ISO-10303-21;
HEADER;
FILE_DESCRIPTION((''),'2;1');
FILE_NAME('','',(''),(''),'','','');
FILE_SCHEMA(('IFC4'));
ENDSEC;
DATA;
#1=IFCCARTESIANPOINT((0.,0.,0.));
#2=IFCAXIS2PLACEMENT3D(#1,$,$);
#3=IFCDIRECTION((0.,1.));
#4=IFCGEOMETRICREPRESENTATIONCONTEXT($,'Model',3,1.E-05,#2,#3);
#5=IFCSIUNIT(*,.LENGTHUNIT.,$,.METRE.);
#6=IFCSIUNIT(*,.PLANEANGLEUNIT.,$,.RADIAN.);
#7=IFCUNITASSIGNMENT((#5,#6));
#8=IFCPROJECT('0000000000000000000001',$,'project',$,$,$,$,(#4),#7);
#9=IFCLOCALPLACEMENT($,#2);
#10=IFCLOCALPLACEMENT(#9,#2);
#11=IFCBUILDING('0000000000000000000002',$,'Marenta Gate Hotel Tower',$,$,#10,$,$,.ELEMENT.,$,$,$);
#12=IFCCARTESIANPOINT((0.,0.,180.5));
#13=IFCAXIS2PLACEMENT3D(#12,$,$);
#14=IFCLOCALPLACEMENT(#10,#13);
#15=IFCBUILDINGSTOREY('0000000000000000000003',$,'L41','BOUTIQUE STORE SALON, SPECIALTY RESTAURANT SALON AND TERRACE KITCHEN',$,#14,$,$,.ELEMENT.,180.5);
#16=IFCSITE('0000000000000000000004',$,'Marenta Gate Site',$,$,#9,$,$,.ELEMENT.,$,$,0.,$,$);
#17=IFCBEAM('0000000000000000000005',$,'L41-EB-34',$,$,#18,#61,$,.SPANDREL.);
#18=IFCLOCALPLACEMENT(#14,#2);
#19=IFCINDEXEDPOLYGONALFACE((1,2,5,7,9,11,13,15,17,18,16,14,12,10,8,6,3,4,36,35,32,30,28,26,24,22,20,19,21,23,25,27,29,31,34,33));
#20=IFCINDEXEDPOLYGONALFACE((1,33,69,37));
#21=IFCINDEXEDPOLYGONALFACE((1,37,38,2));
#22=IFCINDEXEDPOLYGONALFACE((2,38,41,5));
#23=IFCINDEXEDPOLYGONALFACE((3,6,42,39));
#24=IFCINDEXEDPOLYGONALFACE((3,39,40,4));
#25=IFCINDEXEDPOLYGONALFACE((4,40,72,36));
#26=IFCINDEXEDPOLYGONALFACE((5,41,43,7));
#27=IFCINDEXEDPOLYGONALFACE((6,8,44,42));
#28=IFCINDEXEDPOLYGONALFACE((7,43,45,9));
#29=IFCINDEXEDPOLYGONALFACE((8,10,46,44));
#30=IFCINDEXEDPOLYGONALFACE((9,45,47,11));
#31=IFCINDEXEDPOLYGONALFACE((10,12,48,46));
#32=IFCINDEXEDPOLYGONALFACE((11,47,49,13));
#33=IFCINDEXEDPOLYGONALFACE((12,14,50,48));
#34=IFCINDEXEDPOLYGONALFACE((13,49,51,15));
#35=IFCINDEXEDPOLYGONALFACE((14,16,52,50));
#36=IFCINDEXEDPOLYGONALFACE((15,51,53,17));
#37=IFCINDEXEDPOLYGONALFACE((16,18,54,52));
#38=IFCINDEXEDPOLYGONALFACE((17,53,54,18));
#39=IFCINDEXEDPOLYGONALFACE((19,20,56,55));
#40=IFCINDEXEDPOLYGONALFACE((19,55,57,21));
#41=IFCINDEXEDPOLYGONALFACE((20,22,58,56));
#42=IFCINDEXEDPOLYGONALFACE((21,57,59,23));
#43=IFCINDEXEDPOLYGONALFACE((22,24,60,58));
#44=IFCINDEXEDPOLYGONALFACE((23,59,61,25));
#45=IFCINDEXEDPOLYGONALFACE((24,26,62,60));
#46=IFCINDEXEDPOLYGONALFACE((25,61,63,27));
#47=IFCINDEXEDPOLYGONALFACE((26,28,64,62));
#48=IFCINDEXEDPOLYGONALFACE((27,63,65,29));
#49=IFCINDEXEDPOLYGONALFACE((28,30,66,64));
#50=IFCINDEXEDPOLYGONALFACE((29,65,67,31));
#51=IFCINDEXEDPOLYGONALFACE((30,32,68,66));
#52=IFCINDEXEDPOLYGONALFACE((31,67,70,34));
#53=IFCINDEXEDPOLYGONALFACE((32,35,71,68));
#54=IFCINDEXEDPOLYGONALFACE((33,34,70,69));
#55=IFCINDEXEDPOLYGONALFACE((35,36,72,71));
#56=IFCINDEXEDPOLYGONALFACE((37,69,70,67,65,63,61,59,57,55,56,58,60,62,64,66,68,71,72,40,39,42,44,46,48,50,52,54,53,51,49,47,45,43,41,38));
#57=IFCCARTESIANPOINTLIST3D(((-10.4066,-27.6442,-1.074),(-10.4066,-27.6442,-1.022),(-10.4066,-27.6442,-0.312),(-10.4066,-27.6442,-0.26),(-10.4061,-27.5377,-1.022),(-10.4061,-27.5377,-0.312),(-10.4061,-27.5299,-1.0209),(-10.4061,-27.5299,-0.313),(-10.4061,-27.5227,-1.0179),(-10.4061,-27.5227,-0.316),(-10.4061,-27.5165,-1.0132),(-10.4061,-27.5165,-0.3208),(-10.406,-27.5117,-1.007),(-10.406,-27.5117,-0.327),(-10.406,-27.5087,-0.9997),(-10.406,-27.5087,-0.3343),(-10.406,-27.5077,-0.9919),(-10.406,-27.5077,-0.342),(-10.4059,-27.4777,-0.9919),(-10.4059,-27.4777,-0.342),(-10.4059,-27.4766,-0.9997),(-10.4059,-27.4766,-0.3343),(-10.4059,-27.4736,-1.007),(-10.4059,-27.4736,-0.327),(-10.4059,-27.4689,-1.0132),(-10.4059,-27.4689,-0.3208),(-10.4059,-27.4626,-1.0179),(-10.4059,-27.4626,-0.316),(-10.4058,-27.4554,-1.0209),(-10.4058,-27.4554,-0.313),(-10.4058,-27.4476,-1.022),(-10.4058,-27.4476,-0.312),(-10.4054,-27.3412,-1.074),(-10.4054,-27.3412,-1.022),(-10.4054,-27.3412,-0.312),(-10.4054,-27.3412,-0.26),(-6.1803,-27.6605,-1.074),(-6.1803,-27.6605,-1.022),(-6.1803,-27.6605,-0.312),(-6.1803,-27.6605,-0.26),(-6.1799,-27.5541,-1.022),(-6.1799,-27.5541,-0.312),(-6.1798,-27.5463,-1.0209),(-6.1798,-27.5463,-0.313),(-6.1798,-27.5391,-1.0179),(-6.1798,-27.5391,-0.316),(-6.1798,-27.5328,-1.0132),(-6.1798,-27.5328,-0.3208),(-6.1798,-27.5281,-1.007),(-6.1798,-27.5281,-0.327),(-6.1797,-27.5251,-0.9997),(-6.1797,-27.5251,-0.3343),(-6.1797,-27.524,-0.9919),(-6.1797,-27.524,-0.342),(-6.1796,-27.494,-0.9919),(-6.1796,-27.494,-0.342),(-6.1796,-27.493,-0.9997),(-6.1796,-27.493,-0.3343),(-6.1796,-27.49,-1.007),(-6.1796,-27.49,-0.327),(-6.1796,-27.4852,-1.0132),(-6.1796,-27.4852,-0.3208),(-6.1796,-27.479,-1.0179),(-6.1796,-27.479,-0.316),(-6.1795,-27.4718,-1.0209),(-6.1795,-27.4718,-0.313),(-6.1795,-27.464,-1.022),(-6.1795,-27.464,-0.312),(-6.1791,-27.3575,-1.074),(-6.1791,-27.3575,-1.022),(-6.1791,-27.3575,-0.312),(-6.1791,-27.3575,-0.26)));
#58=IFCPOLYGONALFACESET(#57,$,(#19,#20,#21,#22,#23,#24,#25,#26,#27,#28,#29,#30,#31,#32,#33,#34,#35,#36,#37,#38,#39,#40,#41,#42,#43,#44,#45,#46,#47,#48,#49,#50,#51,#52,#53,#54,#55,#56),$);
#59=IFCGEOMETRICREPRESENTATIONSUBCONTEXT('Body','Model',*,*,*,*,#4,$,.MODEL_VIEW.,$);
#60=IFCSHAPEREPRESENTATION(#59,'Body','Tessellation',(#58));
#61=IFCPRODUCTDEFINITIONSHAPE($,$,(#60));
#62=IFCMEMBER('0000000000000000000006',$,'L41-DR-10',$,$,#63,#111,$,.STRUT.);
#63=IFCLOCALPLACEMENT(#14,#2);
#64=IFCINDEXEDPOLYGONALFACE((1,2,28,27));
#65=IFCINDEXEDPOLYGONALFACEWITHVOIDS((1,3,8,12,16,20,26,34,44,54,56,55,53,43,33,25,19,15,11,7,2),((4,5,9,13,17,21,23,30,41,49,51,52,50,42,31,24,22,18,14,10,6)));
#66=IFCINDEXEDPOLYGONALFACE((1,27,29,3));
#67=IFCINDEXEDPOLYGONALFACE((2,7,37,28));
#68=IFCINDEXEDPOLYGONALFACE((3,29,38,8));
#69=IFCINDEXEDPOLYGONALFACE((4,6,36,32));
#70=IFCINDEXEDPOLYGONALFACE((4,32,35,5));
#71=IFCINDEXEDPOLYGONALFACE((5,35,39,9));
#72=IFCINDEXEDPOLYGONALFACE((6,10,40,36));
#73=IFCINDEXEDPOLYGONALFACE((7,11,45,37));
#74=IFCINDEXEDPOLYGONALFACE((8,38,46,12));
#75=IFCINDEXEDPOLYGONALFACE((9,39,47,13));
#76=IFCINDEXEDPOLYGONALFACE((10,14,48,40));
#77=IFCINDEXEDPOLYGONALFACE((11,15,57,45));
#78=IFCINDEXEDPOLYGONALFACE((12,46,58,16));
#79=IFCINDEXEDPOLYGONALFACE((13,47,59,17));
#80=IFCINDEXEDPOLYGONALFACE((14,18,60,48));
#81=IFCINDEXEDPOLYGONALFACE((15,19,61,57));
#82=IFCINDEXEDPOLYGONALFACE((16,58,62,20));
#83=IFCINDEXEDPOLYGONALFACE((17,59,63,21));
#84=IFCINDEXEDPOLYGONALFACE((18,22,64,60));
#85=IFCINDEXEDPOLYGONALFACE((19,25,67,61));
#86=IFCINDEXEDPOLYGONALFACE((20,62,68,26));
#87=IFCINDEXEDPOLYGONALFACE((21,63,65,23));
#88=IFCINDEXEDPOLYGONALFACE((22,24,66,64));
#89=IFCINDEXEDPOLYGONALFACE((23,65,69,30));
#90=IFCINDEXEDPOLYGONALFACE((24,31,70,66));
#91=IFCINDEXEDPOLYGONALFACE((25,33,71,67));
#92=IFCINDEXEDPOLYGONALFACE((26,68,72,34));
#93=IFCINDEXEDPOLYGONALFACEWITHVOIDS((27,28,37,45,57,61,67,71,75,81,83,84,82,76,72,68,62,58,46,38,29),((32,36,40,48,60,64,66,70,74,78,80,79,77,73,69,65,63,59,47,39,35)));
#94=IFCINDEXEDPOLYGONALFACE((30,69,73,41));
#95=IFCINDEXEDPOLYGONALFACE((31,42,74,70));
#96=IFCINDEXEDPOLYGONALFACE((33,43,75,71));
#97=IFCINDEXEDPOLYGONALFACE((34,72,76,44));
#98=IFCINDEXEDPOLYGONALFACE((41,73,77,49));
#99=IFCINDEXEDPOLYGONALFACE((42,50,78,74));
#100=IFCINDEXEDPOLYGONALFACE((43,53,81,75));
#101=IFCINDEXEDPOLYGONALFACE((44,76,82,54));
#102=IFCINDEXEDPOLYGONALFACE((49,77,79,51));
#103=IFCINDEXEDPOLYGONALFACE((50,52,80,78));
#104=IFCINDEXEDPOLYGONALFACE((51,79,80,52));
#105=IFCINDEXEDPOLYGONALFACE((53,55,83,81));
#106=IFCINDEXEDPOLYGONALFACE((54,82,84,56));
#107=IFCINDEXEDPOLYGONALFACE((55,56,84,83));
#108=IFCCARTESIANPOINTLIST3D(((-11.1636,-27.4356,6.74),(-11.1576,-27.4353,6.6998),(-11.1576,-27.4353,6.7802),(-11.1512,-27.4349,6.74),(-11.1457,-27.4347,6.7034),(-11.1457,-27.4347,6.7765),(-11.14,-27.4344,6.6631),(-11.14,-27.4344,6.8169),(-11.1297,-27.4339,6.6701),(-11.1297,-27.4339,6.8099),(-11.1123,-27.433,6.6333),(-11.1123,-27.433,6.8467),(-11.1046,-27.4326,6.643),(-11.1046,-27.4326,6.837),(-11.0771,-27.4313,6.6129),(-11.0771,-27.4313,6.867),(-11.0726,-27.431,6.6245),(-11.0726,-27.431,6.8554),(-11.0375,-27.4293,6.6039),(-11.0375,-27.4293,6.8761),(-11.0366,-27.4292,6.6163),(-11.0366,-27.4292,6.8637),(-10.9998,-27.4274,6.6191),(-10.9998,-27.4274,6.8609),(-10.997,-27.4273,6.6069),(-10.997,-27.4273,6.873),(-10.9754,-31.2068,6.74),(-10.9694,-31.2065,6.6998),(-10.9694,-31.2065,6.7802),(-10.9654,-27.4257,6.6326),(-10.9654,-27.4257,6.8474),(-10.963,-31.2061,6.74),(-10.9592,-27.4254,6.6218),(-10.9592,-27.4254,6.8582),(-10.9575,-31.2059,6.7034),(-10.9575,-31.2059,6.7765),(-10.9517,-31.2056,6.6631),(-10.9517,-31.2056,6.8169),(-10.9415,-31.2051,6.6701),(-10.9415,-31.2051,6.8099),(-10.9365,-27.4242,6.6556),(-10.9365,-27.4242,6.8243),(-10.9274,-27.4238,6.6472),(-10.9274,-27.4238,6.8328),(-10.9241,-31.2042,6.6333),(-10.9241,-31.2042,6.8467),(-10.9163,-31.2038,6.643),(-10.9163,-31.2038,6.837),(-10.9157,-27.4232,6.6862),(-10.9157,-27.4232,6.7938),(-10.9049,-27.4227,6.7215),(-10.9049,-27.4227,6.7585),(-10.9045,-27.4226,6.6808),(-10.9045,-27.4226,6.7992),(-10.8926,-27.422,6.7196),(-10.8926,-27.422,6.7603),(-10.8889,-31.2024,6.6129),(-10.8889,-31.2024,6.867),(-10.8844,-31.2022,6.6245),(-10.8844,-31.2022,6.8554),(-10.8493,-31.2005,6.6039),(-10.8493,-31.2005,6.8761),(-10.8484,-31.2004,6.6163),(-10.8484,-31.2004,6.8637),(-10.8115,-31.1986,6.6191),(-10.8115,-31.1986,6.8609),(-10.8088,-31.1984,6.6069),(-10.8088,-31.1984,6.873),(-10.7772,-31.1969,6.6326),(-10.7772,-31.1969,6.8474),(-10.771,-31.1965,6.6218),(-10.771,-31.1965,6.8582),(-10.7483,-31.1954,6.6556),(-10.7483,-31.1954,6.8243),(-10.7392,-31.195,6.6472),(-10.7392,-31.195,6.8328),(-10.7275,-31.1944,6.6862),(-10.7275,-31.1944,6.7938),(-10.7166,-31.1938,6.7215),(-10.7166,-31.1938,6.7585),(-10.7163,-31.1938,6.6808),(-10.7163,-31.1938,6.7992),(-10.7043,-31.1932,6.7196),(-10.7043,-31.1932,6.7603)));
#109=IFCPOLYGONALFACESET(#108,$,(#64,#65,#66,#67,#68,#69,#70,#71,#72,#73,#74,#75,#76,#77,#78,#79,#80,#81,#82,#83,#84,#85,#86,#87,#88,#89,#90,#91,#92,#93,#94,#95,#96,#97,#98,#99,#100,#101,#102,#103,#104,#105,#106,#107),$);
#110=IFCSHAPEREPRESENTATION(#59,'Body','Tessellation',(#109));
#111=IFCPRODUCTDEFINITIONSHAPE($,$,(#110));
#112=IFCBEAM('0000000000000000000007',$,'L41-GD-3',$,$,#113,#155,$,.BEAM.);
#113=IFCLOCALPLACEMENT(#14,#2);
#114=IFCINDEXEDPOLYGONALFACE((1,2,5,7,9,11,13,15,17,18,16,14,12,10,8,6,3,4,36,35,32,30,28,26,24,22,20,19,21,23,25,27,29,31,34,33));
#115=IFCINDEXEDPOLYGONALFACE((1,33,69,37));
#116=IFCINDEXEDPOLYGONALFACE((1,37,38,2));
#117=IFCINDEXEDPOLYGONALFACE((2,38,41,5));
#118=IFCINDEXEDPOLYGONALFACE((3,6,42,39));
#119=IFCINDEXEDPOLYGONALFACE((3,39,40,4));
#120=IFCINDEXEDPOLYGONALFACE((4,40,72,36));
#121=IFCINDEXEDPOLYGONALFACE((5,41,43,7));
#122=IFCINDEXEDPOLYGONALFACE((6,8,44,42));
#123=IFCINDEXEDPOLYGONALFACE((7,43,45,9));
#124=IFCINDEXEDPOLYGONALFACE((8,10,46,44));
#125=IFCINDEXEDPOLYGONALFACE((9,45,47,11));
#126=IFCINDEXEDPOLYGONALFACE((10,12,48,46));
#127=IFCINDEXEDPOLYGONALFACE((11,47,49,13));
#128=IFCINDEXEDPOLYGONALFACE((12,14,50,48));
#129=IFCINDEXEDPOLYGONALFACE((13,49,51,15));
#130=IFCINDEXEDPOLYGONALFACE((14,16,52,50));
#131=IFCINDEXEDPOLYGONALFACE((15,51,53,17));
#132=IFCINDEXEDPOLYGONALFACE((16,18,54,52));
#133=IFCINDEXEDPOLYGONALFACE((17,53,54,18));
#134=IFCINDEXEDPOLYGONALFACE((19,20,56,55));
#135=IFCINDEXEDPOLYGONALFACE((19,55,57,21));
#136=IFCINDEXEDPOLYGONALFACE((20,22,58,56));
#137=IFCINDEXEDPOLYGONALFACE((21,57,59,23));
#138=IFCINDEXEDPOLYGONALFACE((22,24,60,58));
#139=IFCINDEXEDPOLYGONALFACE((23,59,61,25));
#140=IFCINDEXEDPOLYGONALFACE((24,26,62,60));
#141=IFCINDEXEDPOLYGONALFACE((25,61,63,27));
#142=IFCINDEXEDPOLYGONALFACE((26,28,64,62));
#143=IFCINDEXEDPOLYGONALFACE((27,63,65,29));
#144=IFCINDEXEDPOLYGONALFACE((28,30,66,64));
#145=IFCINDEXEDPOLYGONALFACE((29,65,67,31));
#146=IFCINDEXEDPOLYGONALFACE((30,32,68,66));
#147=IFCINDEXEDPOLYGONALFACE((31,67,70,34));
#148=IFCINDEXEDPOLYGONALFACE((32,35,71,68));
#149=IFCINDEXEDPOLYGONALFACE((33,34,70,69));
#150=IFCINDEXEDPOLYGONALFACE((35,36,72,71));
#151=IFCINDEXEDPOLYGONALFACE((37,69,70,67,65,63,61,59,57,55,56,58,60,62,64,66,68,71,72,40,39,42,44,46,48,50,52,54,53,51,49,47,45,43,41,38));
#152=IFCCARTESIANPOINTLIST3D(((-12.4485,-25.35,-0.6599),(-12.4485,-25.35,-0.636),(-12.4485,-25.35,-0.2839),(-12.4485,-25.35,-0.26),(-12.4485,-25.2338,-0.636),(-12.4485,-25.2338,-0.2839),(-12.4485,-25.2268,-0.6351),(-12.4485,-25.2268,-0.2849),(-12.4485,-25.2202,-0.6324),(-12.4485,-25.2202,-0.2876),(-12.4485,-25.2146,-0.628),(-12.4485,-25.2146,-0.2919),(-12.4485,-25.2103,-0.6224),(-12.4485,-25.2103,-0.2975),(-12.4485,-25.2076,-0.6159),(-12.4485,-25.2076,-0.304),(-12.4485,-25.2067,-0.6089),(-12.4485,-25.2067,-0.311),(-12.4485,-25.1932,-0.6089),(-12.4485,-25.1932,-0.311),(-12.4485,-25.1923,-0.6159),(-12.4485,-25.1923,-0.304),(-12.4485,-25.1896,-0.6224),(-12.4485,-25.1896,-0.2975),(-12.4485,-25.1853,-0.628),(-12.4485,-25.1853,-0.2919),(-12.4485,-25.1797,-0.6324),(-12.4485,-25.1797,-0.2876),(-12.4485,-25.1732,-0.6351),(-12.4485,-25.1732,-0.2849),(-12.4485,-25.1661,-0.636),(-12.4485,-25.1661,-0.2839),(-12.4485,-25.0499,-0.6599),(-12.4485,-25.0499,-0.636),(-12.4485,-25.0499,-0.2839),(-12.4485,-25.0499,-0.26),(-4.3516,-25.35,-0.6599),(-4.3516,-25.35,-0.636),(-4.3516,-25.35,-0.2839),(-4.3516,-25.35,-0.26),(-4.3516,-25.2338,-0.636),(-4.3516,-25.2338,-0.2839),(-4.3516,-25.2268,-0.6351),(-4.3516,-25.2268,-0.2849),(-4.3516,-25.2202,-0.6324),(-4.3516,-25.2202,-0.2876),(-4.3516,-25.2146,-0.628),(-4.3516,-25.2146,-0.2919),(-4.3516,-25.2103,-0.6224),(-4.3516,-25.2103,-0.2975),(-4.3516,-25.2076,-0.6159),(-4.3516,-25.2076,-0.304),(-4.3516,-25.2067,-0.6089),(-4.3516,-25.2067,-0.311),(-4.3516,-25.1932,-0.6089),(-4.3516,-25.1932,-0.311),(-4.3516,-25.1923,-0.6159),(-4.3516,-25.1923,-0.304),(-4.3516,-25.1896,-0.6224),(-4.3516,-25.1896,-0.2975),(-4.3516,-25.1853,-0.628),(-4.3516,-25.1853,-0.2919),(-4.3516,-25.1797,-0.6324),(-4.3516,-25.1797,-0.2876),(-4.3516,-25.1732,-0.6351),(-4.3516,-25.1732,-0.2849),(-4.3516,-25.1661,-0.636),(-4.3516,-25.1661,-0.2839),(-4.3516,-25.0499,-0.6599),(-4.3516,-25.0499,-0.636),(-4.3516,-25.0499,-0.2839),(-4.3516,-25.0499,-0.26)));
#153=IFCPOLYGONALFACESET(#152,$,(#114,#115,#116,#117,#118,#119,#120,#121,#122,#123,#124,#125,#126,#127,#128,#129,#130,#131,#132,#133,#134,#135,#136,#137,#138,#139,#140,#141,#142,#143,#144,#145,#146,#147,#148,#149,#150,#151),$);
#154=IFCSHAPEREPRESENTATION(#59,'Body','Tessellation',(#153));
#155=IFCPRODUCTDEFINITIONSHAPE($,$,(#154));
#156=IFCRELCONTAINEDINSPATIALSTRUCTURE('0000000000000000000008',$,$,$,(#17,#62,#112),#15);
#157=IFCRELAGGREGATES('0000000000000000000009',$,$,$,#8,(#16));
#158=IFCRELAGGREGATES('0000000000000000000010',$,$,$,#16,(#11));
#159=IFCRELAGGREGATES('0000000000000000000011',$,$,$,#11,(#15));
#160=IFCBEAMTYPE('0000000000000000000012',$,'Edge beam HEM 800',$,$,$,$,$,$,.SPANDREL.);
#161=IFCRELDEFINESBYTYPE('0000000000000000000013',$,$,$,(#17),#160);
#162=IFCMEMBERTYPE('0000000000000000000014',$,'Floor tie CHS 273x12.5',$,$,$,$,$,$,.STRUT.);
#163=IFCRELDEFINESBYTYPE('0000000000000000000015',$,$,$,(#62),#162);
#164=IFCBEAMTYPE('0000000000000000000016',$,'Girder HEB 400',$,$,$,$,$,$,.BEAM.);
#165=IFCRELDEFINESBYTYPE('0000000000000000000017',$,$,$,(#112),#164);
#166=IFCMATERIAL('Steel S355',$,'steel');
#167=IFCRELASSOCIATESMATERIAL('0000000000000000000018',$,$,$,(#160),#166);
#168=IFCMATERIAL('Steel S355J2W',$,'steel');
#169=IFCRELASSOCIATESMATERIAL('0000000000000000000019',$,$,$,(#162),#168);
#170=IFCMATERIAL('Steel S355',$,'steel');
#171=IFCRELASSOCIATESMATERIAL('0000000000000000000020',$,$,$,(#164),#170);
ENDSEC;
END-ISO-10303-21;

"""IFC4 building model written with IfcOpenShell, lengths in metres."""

from ifc_helpers import new_model, si_unit, direction, frame, origin, origin_2d, place, context, subcontext, project, spatial, hollow_circle, i_section, extrude, material, material_profile, profile_set, type_object, element, save


model = new_model("IFC4")

# Units and contexts
model_context = context("Model", 3, precision=1e-05, world=origin(), true_north=direction((0.0, 1.0)))
body_context = subcontext(model_context, "Body", "Model", "MODEL_VIEW")
ifc_project = project(units=[si_unit("LENGTHUNIT", "METRE"), si_unit("PLANEANGLEUNIT", "RADIAN")], contexts=[model_context])

# Site, building, storey
site_placement = place(None, origin())
site = spatial("IfcSite", under=ifc_project, at=site_placement, Name="Marenta Gate Site", CompositionType="ELEMENT", RefElevation=0.0)
building_placement = place(site_placement, origin())
building = spatial("IfcBuilding", under=site, at=building_placement, Name="Marenta Gate Hotel Tower", CompositionType="ELEMENT")
storey_placement = place(building_placement, frame((0.0, 0.0, 180.5)))
storey = spatial("IfcBuildingStorey", under=building, at=storey_placement, Name="L41", Description="BOUTIQUE STORE SALON, SPECIALTY RESTAURANT SALON AND TERRACE KITCHEN", CompositionType="ELEMENT", Elevation=180.5)

# Beam
ifc_material_1 = material(Name="Steel S355", Category="steel")
ifc_material_profile_1 = material_profile(ifc_material_1, i_section(OverallWidth=0.303, OverallDepth=0.814, WebThickness=0.03, FlangeThickness=0.052, FilletRadius=0.03, at=origin_2d()), Name="HEM 800")
ifc_profile_set_1 = profile_set([ifc_material_profile_1], Name="Steel S355")
beam_type_1 = type_object("IfcBeamType", Name="Edge beam HEM 800", PredefinedType="SPANDREL", material=ifc_profile_set_1)
beam_1_placement = place(storey_placement, frame((-6.1797, -27.509, -0.667), z_axis=(-0.999993, 0.00387, 0.0), x_axis=(-0.00387, -0.999993, 0.0)))
element("IfcBeam", 1, at=beam_1_placement, inside=storey, type_object=beam_type_1, Name="L41-EB-34", PredefinedType="SPANDREL", context=body_context, shape_type="SweptSolid", body=[
    extrude(i_section(OverallWidth=0.303, OverallDepth=0.814, WebThickness=0.03, FlangeThickness=0.052, FilletRadius=0.03, at=origin_2d()), origin(), (0.0, 0.0, 1.0), 4.2263),
])

# Member
ifc_material_2 = material(Name="Steel S355J2W", Category="steel")
ifc_material_profile_2 = material_profile(ifc_material_2, hollow_circle(Radius=0.1365, WallThickness=0.0125, at=origin_2d()), Name="CHS 273x12.5")
ifc_profile_set_2 = profile_set([ifc_material_profile_2], Name="Steel S355J2W")
member_type_1 = type_object("IfcMemberType", Name="Floor tie CHS 273x12.5", PredefinedType="STRUT", material=ifc_profile_set_2)
member_1_placement = place(storey_placement, frame((-10.8391, -31.2, 6.74), z_axis=(-0.049851, 0.998757, 0.0), x_axis=(-0.998757, -0.049851, 0.0)))
element("IfcMember", 2, at=member_1_placement, inside=storey, type_object=member_type_1, Name="L41-DR-10", PredefinedType="STRUT", context=body_context, shape_type="SweptSolid", body=[
    extrude(hollow_circle(Radius=0.1365, WallThickness=0.0125, at=origin_2d()), origin(), (0.0, 0.0, 1.0), 3.7759),
])

# Beam
ifc_material_3 = material(Name="Steel S355", Category="steel")
ifc_material_profile_3 = material_profile(ifc_material_3, i_section(OverallWidth=0.3, OverallDepth=0.3999, WebThickness=0.0134, FlangeThickness=0.0239, FilletRadius=0.0271, at=origin_2d()), Name="HEB 400")
ifc_profile_set_3 = profile_set([ifc_material_profile_3], Name="Steel S355")
beam_type_2 = type_object("IfcBeamType", Name="Girder HEB 400", PredefinedType="BEAM", material=ifc_profile_set_3)
beam_2_placement = place(storey_placement, frame((-12.4485, -25.2, -0.46), z_axis=(1.0, 0.0, 0.0), x_axis=(0.0, 1.0, 0.0)))
element("IfcBeam", 3, at=beam_2_placement, inside=storey, type_object=beam_type_2, Name="L41-GD-3", PredefinedType="BEAM", context=body_context, shape_type="SweptSolid", body=[
    extrude(i_section(OverallWidth=0.3, OverallDepth=0.3999, WebThickness=0.0134, FlangeThickness=0.0239, FilletRadius=0.0271, at=origin_2d()), origin(), (0.0, 0.0, 1.0), 8.0969),
])

save(model, "model.ifc")
